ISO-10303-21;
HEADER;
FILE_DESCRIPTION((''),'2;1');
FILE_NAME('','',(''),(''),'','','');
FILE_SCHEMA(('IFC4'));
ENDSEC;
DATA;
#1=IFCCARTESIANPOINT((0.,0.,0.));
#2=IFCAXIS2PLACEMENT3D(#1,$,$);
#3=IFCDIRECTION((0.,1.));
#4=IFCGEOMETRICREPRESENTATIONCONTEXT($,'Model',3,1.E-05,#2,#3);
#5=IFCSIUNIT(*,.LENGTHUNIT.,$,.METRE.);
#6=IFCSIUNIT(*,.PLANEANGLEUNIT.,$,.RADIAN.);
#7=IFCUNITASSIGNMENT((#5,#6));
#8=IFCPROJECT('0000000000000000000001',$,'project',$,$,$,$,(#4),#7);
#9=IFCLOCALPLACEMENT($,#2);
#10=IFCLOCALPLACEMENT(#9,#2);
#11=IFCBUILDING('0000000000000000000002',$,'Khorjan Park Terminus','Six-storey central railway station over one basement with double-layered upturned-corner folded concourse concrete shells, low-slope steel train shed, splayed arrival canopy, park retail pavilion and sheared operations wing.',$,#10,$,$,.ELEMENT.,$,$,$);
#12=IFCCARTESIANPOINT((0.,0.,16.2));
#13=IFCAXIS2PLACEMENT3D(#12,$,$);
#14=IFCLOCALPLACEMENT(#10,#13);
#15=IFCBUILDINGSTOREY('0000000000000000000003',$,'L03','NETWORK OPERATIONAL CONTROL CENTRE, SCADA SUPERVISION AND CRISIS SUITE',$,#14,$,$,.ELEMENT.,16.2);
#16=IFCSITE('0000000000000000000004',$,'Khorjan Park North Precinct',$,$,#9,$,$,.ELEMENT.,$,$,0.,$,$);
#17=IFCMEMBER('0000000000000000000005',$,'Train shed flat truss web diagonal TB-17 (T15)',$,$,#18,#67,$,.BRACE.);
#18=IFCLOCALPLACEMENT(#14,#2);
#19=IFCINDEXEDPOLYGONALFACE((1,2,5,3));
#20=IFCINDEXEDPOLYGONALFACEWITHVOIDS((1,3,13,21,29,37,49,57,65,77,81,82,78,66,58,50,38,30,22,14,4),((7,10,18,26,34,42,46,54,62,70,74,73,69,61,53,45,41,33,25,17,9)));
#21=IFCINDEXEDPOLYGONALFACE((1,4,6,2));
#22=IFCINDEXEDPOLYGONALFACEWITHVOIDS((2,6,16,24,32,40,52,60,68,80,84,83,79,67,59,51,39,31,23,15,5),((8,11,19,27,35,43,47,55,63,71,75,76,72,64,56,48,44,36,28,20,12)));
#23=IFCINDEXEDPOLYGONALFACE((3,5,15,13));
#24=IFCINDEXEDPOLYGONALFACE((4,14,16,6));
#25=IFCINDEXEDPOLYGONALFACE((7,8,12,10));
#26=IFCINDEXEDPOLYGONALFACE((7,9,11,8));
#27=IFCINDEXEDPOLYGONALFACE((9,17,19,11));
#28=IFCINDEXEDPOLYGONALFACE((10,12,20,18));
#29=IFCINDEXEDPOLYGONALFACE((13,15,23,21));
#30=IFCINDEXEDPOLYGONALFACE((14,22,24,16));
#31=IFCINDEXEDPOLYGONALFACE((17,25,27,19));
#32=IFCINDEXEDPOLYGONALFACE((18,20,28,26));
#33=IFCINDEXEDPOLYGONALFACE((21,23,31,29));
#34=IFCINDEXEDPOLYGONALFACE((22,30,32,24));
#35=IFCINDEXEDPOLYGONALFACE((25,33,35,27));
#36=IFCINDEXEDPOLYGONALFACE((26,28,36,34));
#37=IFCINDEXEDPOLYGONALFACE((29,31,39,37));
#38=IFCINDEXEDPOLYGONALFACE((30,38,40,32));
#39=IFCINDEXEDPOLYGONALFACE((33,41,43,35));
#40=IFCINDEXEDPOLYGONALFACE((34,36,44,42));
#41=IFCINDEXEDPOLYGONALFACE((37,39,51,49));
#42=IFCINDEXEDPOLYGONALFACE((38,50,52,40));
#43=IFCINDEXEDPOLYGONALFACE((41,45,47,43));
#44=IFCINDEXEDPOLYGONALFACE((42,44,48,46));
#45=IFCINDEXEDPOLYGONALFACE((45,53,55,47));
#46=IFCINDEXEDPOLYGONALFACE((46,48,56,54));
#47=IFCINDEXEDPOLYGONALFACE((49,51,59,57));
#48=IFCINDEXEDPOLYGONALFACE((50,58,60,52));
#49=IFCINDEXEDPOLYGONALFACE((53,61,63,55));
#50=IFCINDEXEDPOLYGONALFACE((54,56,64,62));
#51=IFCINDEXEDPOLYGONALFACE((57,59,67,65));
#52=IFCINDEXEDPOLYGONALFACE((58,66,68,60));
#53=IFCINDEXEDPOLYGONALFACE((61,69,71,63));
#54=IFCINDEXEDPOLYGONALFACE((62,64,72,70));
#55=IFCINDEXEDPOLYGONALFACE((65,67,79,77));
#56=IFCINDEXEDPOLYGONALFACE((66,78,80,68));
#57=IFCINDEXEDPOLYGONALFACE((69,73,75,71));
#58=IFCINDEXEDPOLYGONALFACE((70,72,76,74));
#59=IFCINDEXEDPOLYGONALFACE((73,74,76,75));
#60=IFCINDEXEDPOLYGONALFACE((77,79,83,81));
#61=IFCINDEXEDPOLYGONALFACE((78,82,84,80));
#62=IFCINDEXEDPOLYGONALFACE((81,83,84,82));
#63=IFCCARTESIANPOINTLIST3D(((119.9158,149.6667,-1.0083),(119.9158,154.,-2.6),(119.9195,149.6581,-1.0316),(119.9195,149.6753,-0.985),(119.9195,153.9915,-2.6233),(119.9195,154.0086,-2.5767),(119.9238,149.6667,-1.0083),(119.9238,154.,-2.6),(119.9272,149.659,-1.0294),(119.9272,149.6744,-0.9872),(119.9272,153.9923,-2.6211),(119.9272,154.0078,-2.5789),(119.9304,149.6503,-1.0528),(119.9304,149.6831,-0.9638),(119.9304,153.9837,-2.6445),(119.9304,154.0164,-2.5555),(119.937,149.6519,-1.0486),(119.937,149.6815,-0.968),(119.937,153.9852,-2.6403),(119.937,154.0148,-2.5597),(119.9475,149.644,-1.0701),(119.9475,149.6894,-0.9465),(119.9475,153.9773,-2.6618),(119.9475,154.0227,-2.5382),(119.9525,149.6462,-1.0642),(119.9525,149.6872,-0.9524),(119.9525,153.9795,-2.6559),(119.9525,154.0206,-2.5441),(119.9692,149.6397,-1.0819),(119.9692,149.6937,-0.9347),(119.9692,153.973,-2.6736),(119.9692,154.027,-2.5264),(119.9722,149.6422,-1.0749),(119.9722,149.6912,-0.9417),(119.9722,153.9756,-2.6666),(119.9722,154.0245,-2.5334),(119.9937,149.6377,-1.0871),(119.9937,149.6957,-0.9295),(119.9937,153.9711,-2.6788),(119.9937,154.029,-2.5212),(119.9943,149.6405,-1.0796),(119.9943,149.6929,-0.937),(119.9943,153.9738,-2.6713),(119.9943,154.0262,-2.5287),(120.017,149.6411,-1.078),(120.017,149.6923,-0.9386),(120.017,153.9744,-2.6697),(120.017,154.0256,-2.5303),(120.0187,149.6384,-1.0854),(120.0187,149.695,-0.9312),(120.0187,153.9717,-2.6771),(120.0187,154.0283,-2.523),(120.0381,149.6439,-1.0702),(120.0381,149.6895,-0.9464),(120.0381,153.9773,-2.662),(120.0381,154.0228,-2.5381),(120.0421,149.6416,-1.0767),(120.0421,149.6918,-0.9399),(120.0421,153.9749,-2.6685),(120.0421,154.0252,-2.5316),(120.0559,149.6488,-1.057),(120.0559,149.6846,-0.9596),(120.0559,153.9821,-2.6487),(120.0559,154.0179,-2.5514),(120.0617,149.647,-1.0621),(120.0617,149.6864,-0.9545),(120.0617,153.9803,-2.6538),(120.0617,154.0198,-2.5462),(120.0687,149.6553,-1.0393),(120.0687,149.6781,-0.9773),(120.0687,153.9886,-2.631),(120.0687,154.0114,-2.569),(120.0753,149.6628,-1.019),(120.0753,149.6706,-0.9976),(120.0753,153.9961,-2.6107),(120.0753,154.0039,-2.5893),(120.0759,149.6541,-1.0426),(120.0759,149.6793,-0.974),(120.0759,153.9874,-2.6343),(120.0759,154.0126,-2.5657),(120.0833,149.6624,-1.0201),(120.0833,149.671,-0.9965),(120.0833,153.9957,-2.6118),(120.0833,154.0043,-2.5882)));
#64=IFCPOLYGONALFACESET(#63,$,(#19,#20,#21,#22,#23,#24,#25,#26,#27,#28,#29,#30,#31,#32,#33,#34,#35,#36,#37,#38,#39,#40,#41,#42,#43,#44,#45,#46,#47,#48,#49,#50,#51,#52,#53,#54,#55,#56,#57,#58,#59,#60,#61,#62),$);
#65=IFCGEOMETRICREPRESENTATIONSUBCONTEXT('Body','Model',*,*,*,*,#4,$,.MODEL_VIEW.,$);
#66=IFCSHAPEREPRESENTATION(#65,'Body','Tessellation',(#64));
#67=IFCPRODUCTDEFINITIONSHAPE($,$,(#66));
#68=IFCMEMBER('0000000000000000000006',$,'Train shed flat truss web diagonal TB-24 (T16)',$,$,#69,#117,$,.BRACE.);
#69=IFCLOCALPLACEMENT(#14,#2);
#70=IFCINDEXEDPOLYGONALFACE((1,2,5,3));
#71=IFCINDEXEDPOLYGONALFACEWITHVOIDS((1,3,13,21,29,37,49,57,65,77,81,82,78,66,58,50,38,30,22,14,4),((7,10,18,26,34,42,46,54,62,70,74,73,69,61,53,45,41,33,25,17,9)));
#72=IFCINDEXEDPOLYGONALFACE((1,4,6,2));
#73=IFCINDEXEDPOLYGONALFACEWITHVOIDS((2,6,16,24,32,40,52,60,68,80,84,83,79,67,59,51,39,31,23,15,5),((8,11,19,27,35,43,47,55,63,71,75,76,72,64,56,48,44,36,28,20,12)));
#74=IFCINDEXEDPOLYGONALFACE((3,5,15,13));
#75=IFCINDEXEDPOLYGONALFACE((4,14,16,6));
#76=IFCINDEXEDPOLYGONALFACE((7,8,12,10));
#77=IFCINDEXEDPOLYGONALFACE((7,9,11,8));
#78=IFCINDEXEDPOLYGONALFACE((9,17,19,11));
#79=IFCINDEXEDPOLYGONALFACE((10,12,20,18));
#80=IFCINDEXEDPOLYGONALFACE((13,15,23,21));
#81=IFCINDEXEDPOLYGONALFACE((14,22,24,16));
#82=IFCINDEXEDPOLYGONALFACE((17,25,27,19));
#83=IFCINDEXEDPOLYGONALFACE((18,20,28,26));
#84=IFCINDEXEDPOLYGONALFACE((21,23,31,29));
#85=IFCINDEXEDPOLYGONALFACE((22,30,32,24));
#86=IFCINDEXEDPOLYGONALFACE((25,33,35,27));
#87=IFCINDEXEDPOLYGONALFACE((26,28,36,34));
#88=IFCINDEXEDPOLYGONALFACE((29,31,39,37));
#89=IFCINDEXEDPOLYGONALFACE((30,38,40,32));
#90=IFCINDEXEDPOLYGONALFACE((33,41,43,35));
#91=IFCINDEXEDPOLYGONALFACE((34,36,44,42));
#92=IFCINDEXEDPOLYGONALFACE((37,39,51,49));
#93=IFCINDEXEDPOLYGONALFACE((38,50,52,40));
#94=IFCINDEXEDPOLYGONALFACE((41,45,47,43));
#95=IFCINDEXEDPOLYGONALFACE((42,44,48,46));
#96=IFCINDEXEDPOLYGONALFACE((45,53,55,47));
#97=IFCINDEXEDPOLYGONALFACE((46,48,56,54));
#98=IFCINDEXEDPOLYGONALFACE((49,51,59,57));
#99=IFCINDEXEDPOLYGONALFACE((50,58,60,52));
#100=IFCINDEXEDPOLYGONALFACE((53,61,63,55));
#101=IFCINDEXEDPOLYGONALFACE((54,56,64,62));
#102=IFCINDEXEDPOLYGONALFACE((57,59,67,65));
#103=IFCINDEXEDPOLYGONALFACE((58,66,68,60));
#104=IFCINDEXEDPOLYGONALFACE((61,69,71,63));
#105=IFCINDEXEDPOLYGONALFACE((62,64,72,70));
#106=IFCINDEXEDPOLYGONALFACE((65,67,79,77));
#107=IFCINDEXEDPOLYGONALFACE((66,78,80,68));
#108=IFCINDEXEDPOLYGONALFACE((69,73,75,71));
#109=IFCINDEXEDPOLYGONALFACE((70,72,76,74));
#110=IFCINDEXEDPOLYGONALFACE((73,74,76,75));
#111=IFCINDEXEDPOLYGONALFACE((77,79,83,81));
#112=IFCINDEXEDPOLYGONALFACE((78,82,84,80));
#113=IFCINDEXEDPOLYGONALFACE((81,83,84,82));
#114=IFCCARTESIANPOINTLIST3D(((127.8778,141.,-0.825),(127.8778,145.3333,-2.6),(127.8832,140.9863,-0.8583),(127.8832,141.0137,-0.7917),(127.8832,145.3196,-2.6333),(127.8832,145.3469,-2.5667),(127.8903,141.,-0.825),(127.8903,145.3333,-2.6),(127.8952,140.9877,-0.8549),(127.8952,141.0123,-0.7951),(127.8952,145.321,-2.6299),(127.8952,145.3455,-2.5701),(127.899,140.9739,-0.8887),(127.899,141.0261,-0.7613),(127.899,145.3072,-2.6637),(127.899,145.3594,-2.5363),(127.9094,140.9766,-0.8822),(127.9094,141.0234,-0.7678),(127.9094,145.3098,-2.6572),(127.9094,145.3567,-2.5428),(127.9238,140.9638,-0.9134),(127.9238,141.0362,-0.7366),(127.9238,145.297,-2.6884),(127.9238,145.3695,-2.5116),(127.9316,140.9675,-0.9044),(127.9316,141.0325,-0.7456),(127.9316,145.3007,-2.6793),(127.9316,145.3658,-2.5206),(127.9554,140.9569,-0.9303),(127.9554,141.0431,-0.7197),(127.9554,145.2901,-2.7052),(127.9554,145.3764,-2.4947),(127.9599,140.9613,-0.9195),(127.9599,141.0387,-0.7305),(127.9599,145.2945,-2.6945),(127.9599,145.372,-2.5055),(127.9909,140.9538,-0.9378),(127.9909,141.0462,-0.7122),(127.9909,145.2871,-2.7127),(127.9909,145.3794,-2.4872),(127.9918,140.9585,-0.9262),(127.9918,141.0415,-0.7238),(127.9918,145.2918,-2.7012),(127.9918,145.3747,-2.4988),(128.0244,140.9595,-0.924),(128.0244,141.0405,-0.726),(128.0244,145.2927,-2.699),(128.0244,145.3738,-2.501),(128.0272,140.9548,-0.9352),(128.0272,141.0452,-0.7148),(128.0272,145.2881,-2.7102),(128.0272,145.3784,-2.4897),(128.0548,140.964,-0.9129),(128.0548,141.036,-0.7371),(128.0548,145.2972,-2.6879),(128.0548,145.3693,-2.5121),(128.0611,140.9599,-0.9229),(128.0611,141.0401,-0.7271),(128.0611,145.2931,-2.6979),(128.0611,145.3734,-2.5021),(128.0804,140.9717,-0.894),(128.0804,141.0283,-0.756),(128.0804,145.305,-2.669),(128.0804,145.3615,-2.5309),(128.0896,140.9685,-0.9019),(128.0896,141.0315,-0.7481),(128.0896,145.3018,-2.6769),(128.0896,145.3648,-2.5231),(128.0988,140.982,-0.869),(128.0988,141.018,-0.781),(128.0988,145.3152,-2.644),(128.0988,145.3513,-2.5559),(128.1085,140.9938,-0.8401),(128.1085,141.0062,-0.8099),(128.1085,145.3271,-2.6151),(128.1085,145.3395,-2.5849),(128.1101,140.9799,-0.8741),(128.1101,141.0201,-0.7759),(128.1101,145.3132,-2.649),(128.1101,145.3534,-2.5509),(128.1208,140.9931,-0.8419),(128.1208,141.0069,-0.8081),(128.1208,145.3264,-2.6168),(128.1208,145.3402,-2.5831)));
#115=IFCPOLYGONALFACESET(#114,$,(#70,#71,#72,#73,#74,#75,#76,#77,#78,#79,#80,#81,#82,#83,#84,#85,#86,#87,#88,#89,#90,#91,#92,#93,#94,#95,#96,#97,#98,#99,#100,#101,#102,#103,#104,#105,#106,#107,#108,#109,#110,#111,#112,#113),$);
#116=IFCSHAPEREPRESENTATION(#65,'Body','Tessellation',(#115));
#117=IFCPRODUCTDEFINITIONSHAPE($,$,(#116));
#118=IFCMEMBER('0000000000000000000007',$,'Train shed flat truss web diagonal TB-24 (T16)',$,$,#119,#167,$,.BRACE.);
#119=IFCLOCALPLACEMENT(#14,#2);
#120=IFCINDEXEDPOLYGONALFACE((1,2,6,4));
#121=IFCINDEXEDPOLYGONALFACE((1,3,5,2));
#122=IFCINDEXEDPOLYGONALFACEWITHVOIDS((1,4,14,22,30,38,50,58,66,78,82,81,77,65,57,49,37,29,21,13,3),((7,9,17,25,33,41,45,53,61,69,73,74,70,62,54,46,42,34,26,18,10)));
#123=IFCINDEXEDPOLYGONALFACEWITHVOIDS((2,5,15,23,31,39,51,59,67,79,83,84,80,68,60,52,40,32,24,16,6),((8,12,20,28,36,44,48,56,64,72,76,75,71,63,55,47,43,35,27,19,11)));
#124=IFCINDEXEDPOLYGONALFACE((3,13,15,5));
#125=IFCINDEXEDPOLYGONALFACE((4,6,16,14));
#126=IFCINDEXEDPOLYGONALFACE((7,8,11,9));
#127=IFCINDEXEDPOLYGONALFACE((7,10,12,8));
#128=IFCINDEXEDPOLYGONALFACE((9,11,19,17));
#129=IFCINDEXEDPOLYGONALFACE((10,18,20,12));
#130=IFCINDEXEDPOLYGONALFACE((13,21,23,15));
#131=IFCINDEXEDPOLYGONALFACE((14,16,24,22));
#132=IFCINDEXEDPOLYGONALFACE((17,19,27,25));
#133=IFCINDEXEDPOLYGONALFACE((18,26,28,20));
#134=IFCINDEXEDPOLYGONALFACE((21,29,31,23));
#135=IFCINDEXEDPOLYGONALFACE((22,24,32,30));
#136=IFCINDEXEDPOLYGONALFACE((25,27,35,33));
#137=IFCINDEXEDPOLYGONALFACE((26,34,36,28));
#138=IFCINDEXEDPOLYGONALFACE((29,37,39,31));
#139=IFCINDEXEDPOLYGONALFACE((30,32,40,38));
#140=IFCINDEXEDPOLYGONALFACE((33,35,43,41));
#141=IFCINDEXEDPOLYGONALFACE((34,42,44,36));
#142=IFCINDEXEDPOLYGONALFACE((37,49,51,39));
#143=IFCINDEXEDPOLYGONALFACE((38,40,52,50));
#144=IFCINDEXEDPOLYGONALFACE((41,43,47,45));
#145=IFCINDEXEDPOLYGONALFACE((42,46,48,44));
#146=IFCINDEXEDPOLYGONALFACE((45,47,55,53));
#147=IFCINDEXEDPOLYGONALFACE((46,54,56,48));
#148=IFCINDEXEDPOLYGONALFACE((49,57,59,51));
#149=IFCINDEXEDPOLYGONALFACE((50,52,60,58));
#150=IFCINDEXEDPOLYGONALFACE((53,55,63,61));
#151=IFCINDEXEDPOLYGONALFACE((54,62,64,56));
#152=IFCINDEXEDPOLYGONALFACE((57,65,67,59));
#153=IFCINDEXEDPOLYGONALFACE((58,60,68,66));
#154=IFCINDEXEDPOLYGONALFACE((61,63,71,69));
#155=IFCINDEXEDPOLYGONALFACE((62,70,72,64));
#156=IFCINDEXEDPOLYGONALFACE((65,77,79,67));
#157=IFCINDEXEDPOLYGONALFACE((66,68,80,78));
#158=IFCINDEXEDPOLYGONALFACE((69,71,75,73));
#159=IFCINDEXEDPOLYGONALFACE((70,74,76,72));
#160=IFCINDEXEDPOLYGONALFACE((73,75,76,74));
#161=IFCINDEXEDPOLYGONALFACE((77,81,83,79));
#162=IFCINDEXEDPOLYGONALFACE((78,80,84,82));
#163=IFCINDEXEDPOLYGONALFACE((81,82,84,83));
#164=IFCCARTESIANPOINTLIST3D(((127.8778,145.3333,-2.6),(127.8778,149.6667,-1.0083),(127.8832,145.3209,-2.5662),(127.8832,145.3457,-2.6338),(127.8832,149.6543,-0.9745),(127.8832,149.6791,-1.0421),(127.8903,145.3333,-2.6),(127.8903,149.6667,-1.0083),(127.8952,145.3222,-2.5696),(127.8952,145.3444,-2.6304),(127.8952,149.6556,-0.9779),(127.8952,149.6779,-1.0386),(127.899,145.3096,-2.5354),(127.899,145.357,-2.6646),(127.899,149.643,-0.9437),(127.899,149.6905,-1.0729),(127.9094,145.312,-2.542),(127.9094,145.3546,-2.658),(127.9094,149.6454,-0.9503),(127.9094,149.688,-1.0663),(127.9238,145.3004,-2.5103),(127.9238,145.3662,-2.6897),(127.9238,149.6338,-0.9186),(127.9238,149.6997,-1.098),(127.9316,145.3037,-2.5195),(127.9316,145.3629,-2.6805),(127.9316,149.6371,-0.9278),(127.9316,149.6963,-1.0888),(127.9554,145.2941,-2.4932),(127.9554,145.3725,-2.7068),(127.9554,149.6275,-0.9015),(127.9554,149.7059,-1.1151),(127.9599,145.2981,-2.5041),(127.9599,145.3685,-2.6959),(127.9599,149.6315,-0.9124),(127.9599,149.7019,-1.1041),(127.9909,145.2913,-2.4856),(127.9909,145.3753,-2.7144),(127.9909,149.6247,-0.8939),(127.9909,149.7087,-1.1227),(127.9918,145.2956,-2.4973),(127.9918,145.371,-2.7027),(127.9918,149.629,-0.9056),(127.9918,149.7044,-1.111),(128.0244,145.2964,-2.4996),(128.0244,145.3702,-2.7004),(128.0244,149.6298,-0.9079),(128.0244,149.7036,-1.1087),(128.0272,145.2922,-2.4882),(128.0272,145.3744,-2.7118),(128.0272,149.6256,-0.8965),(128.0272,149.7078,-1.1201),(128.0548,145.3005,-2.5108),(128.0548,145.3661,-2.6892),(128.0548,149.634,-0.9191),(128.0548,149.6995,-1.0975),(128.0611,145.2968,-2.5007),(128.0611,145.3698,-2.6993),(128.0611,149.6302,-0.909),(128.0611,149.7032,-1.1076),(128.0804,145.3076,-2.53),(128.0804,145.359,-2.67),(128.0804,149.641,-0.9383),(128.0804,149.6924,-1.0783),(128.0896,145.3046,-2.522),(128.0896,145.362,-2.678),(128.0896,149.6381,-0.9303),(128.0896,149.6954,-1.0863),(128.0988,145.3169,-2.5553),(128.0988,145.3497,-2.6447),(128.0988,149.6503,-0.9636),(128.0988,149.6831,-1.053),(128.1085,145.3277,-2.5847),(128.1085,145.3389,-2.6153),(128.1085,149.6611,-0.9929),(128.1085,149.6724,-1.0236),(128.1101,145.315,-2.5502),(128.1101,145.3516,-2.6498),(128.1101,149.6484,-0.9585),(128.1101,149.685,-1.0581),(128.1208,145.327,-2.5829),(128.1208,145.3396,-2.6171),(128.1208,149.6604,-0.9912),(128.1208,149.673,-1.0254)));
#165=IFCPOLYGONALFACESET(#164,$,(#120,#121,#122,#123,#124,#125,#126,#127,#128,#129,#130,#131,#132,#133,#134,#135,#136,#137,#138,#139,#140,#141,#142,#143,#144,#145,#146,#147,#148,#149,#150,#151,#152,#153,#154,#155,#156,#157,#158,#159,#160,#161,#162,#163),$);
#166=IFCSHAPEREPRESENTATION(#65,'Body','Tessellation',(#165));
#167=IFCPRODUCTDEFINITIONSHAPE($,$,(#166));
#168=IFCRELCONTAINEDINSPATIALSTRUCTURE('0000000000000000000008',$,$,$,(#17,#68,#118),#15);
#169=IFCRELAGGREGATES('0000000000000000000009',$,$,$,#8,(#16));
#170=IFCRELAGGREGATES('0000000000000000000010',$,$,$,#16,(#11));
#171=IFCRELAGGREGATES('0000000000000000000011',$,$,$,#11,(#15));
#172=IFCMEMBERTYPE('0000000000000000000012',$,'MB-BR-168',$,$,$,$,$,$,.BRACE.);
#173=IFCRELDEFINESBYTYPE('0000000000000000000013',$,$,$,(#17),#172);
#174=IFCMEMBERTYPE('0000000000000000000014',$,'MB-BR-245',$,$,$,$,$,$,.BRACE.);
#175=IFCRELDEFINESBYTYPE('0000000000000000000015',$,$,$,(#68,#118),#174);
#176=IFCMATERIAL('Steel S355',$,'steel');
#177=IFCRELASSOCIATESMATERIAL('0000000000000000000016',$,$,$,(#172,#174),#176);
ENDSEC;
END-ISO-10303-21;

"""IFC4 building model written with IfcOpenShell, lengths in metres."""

from ifc_helpers import new_model, si_unit, direction, frame, origin, origin_2d, place, context, subcontext, project, spatial, hollow_circle, extrude, material, material_profile, profile_set, type_object, element, save


model = new_model("IFC4")

# Units and contexts
model_context = context("Model", 3, precision=1e-05, world=origin(), true_north=direction((0.0, 1.0)))
body_context = subcontext(model_context, "Body", "Model", "MODEL_VIEW")
ifc_project = project(units=[si_unit("LENGTHUNIT", "METRE"), si_unit("PLANEANGLEUNIT", "RADIAN")], contexts=[model_context])

# Site, building, storey
site_placement = place(None, origin())
site = spatial("IfcSite", under=ifc_project, at=site_placement, Name="Khorjan Park North Precinct", CompositionType="ELEMENT", RefElevation=0.0)
building_placement = place(site_placement, origin())
building = spatial("IfcBuilding", under=site, at=building_placement, Name="Khorjan Park Terminus", Description="Six-storey central railway station over one basement with double-layered upturned-corner folded concourse concrete shells, low-slope steel train shed, splayed arrival canopy, park retail pavilion and sheared operations wing.", CompositionType="ELEMENT")
storey_placement = place(building_placement, frame((0.0, 0.0, 16.2)))
storey = spatial("IfcBuildingStorey", under=building, at=storey_placement, Name="L03", Description="NETWORK OPERATIONAL CONTROL CENTRE, SCADA SUPERVISION AND CRISIS SUITE", CompositionType="ELEMENT", Elevation=16.2)

# Members
ifc_material = material(Name="Steel S355", Category="steel")
ifc_material_profile_1 = material_profile(ifc_material, hollow_circle(Radius=0.0842, WallThickness=0.008, at=origin_2d()), Name="CHS 168.3x8")
ifc_profile_set_1 = profile_set([ifc_material_profile_1], Name="Steel S355")
member_type_1 = type_object("IfcMemberType", Name="MB-BR-168", PredefinedType="BRACE", material=ifc_profile_set_1)
member_1_placement = place(storey_placement, frame((120.0, 149.6667, -1.0083), z_axis=(0.0, 0.938678, -0.344794), x_axis=(-1.0, 0.0, 0.0)))
element("IfcMember", 1, at=member_1_placement, inside=storey, type_object=member_type_1, Name="Train shed flat truss web diagonal TB-17 (T15)", PredefinedType="BRACE", context=body_context, shape_type="SweptSolid", body=[
    extrude(hollow_circle(Radius=0.0842, WallThickness=0.008, at=origin_2d()), origin(), (0.0, 0.0, 1.0), 4.6164),
])
ifc_material_profile_2 = material_profile(ifc_material, hollow_circle(Radius=0.1222, WallThickness=0.0125, at=origin_2d()), Name="CHS 244.5x12.5")
ifc_profile_set_2 = profile_set([ifc_material_profile_2], Name="Steel S355")
member_type_2 = type_object("IfcMemberType", Name="MB-BR-245", PredefinedType="BRACE", material=ifc_profile_set_2)
member_2_placement = place(storey_placement, frame((128.0, 141.0, -0.825), z_axis=(0.0, 0.925376, -0.379051), x_axis=(-1.0, 0.0, 0.0)))
element("IfcMember", 2, at=member_2_placement, inside=storey, type_object=member_type_2, Name="Train shed flat truss web diagonal TB-24 (T16)", PredefinedType="BRACE", context=body_context, shape_type="SweptSolid", body=[
    extrude(hollow_circle(Radius=0.1222, WallThickness=0.0125, at=origin_2d()), origin(), (0.0, 0.0, 1.0), 4.6827),
])
member_3_placement = place(storey_placement, frame((128.0, 145.3333, -2.6), z_axis=(0.0, 0.938681, 0.344787), x_axis=(-1.0, 0.0, 0.0)))
element("IfcMember", 3, at=member_3_placement, inside=storey, type_object=member_type_2, Name="Train shed flat truss web diagonal TB-24 (T16)", PredefinedType="BRACE", context=body_context, shape_type="SweptSolid", body=[
    extrude(hollow_circle(Radius=0.1222, WallThickness=0.0125, at=origin_2d()), origin(), (0.0, 0.0, 1.0), 4.6165),
])

save(model, "model.ifc")
